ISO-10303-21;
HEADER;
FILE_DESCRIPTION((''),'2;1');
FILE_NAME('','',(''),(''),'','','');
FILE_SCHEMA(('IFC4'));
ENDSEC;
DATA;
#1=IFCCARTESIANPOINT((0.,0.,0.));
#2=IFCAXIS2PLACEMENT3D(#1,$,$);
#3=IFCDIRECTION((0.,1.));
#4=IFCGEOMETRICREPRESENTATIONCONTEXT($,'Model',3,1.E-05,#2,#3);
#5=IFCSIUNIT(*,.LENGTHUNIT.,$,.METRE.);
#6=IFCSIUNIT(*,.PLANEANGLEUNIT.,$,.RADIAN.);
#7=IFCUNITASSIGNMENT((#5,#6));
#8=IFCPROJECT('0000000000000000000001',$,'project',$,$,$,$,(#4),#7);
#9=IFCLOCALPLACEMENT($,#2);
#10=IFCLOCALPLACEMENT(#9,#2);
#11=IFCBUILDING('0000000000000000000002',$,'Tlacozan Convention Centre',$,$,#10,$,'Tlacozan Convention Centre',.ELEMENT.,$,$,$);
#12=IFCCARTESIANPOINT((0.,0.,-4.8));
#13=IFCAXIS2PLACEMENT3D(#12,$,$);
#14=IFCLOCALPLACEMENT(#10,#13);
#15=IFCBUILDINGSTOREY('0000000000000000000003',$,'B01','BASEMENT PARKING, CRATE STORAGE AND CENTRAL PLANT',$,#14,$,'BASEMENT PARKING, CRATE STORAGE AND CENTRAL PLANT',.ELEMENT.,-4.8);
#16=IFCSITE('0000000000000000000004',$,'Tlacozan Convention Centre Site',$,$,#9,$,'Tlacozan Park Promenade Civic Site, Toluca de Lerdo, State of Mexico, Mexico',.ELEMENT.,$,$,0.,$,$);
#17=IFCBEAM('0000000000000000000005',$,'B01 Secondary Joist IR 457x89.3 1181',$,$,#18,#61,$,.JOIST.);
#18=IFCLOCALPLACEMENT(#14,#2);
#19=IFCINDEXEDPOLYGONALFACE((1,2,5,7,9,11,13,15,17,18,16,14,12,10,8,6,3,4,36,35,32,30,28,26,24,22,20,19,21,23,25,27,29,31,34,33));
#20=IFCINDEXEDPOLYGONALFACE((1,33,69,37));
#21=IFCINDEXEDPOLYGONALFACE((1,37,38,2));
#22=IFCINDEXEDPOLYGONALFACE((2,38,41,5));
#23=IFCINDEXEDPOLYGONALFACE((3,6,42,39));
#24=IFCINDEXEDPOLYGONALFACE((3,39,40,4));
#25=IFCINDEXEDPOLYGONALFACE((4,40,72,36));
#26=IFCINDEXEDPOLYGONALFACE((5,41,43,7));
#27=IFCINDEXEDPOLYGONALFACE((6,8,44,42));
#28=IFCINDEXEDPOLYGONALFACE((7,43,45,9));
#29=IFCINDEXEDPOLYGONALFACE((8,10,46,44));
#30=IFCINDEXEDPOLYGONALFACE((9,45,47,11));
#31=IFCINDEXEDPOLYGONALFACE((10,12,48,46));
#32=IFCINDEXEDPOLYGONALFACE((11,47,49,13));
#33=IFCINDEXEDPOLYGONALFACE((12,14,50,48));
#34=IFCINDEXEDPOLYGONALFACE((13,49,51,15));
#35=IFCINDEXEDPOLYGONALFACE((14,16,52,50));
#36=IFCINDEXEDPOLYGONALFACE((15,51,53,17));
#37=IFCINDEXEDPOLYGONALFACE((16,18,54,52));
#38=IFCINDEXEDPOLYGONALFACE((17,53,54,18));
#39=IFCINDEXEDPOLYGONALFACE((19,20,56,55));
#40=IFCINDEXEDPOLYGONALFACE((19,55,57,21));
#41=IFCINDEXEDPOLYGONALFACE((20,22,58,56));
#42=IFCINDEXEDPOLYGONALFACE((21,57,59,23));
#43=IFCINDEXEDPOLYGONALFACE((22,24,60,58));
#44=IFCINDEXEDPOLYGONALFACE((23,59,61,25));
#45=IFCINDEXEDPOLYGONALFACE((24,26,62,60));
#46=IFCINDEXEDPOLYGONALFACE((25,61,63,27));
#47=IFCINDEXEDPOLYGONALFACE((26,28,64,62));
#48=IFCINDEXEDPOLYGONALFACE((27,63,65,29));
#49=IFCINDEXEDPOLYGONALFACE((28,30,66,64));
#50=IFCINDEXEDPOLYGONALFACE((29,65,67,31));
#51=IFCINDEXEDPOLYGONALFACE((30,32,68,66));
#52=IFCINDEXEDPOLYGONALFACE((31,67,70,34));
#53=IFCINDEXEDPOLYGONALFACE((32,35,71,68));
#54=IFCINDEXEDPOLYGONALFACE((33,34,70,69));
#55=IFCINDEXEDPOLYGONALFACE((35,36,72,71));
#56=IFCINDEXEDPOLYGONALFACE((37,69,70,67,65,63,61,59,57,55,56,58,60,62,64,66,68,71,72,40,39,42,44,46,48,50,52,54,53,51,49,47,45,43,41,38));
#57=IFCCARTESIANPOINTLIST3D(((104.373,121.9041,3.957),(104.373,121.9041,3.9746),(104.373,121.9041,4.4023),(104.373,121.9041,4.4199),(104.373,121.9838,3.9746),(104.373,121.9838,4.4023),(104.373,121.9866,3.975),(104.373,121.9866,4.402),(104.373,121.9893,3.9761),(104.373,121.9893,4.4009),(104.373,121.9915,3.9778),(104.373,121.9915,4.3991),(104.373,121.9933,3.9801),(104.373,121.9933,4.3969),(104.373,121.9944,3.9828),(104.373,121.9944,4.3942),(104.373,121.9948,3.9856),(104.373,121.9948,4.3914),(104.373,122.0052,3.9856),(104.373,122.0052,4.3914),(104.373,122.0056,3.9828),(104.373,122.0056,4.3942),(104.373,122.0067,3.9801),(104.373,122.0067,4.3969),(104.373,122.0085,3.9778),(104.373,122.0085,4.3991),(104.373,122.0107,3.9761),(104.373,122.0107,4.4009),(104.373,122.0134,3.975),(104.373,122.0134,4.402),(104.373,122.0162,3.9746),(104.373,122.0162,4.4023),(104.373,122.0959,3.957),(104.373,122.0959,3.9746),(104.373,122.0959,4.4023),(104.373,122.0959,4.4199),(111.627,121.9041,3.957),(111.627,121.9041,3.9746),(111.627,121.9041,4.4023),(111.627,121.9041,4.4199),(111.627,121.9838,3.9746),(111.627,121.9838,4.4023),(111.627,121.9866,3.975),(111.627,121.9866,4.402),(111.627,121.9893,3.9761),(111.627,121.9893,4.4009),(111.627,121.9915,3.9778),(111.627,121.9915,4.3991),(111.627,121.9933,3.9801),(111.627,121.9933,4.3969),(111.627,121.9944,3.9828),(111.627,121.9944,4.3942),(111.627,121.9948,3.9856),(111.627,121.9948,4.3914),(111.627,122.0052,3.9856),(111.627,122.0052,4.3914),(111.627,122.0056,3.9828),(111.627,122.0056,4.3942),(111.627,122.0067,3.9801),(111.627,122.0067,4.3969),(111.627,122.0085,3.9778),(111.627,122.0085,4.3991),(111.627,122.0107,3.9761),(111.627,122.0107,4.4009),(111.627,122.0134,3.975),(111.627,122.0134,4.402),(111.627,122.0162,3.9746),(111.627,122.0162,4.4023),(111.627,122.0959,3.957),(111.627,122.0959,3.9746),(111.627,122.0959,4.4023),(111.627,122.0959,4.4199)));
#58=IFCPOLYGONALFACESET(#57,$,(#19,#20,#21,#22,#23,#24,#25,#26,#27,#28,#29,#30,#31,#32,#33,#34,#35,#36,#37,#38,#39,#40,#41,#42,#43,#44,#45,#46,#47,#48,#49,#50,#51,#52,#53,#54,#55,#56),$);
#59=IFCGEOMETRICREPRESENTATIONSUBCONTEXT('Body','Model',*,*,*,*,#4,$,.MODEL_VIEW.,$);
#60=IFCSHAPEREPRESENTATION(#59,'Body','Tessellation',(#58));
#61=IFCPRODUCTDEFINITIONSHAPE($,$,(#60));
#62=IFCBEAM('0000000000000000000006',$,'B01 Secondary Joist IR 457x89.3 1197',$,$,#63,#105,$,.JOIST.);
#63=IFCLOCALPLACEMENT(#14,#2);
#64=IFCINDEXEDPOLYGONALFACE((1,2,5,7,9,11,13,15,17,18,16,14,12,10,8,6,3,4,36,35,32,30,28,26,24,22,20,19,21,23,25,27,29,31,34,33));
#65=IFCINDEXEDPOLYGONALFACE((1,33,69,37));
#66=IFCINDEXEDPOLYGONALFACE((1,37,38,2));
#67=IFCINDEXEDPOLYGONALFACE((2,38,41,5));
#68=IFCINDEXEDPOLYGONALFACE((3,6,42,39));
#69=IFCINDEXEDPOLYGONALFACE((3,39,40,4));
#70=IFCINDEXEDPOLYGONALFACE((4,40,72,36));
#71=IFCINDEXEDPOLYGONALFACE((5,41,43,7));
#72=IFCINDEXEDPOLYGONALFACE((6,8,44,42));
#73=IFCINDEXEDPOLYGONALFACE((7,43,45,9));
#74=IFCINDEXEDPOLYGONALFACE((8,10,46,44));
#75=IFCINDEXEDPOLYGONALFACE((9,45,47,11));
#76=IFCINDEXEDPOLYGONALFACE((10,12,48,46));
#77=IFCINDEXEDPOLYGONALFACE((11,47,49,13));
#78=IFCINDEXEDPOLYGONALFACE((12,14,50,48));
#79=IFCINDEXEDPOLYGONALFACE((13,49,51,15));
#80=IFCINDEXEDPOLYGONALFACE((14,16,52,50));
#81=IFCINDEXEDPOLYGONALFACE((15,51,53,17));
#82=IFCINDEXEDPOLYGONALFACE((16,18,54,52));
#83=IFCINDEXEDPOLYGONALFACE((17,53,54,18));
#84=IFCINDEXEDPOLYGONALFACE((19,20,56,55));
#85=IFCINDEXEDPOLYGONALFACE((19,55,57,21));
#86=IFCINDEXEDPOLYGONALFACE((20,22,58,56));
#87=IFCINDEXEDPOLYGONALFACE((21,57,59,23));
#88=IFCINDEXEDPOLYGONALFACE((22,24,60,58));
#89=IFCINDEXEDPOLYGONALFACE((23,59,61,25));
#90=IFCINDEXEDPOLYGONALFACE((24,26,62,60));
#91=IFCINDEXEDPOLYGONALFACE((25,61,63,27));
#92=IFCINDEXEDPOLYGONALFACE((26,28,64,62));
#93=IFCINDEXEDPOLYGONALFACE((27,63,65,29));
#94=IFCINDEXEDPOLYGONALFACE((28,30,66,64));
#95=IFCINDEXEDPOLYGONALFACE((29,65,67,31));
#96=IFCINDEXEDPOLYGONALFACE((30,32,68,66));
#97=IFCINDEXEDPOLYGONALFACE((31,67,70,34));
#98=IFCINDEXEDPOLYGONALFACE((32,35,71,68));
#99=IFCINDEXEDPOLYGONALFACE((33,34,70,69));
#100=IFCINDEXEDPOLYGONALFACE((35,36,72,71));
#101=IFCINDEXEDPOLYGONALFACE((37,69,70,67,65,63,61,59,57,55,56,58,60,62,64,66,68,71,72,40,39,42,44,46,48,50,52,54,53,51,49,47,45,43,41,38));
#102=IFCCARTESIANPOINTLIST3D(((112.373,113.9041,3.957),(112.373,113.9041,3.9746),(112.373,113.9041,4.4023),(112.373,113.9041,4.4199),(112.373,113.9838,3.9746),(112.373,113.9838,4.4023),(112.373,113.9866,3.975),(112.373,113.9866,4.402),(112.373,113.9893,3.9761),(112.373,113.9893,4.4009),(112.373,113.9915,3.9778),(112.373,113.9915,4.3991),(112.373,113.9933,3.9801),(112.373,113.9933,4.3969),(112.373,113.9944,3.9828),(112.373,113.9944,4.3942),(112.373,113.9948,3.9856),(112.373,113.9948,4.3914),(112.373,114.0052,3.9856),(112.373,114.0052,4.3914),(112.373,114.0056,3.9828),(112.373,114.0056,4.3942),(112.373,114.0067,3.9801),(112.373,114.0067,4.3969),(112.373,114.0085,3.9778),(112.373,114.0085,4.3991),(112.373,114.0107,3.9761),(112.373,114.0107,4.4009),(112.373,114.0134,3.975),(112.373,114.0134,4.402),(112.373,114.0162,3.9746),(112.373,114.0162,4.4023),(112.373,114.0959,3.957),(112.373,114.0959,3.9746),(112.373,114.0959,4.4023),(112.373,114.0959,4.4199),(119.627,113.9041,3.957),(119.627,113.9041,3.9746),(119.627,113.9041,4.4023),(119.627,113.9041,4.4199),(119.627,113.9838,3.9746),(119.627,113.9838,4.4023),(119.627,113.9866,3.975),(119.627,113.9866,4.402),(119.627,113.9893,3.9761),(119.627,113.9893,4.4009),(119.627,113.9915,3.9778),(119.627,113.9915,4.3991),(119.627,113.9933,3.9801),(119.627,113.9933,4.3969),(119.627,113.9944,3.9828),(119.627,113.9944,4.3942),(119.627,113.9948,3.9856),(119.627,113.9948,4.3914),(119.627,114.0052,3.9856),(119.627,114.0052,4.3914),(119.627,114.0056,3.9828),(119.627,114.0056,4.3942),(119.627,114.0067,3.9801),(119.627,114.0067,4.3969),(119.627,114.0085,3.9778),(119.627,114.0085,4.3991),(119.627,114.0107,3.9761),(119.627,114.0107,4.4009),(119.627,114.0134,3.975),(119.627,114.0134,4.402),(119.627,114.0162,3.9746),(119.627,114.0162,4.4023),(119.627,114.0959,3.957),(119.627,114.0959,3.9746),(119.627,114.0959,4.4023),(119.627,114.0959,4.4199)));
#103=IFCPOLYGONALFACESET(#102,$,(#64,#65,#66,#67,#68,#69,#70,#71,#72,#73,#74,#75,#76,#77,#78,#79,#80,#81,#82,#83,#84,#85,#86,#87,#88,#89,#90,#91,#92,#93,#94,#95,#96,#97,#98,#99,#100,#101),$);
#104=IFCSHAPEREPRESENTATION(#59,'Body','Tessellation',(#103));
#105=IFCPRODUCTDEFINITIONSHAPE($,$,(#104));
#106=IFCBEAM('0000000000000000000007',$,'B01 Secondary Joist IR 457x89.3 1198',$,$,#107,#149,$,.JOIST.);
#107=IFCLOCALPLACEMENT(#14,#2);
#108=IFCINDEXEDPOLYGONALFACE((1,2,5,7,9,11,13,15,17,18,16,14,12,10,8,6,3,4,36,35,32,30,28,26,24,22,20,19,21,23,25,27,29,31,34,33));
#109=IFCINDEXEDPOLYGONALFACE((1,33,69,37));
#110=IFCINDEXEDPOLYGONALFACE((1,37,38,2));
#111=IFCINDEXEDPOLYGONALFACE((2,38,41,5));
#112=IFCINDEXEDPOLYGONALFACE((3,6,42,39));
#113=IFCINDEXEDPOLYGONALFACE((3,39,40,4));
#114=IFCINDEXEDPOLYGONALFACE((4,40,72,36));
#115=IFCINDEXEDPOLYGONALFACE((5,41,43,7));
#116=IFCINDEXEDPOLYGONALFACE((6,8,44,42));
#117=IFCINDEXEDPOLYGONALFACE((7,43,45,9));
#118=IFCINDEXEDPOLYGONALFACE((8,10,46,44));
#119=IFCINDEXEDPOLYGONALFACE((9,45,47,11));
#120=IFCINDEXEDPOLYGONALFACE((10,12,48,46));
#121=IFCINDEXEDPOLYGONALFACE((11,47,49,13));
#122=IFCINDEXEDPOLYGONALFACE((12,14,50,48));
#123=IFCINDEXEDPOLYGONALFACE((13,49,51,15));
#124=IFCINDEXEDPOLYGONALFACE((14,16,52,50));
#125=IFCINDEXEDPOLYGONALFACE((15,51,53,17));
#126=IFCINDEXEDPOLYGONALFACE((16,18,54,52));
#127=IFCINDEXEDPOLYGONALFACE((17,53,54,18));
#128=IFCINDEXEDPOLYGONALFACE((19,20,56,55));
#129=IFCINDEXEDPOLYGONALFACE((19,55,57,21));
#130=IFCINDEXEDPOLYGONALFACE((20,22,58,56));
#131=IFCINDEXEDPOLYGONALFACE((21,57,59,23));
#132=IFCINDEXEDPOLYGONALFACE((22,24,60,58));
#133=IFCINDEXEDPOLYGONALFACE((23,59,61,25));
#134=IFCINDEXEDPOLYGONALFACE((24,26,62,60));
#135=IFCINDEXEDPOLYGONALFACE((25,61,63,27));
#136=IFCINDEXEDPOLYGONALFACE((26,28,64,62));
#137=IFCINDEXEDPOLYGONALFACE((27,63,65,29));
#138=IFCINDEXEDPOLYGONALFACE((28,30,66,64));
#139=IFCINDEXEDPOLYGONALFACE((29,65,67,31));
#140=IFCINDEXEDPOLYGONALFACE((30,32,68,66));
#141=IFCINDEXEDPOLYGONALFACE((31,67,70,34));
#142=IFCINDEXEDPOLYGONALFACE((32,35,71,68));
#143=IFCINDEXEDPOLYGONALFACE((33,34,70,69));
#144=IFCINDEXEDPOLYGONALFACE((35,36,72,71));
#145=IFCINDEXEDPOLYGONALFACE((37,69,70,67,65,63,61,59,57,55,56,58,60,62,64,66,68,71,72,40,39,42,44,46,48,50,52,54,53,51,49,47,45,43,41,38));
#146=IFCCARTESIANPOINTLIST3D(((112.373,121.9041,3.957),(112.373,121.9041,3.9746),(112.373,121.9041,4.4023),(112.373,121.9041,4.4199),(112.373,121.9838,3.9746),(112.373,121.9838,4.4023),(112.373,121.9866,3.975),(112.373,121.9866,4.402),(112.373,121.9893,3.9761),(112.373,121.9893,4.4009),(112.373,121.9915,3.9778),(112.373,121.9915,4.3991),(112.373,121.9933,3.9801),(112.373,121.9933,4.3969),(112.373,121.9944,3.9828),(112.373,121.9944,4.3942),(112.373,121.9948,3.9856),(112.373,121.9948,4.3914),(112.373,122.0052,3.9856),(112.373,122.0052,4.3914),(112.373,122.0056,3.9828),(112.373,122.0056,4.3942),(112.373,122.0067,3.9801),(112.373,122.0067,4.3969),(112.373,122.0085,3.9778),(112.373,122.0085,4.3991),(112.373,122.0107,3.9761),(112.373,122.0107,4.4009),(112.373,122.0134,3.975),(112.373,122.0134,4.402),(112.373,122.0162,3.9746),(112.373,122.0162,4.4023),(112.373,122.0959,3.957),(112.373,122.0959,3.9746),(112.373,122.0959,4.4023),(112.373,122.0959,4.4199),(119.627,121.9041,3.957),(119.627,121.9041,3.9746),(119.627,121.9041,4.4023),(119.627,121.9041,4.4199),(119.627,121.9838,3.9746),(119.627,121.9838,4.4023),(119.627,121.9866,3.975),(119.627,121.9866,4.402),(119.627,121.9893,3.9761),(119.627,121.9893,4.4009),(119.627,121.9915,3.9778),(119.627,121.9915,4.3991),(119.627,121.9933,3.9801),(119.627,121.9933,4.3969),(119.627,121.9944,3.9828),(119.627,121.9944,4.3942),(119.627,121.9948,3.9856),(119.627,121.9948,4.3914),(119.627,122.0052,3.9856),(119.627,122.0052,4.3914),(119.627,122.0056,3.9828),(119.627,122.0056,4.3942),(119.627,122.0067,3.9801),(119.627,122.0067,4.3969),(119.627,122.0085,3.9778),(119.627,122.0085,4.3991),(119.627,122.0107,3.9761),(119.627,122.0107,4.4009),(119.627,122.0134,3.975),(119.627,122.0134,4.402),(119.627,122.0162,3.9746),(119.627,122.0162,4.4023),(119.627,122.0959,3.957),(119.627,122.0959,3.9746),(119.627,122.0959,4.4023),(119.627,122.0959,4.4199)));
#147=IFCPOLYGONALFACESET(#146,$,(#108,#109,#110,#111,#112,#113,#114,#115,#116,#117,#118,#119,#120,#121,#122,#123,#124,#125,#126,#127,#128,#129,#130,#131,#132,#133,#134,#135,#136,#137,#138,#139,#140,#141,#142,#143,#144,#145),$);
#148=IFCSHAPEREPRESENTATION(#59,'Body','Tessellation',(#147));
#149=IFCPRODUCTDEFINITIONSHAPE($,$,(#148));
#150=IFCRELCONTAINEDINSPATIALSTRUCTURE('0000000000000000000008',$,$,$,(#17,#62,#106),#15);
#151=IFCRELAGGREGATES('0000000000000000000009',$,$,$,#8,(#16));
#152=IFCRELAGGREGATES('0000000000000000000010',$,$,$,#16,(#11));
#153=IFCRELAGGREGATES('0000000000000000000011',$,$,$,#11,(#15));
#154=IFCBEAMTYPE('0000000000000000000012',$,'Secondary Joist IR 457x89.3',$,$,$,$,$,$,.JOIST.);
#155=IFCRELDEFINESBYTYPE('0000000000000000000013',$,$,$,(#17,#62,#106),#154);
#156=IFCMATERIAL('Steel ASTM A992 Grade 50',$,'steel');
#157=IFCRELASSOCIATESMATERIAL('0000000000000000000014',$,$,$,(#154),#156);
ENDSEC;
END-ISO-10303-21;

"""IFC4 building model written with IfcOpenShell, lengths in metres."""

from ifc_helpers import new_model, si_unit, direction, frame, origin, origin_2d, place, context, subcontext, project, spatial, i_section, extrude, material, material_profile, profile_set, type_object, element, save


model = new_model("IFC4")

# Units and contexts
model_context = context("Model", 3, precision=1e-05, world=origin(), true_north=direction((0.0, 1.0)))
body_context = subcontext(model_context, "Body", "Model", "MODEL_VIEW")
ifc_project = project(units=[si_unit("LENGTHUNIT", "METRE"), si_unit("PLANEANGLEUNIT", "RADIAN")], contexts=[model_context])

# Site, building, storey
site_placement = place(None, origin())
site = spatial("IfcSite", under=ifc_project, at=site_placement, Name="Tlacozan Convention Centre Site", LongName="Tlacozan Park Promenade Civic Site, Toluca de Lerdo, State of Mexico, Mexico", CompositionType="ELEMENT", RefElevation=0.0)
building_placement = place(site_placement, origin())
building = spatial("IfcBuilding", under=site, at=building_placement, Name="Tlacozan Convention Centre", LongName="Tlacozan Convention Centre", CompositionType="ELEMENT")
storey_placement = place(building_placement, frame((0.0, 0.0, -4.8)))
storey = spatial("IfcBuildingStorey", under=building, at=storey_placement, Name="B01", Description="BASEMENT PARKING, CRATE STORAGE AND CENTRAL PLANT", LongName="BASEMENT PARKING, CRATE STORAGE AND CENTRAL PLANT", CompositionType="ELEMENT", Elevation=-4.8)

# Beams
ifc_material_1 = material(Name="Steel ASTM A992 Grade 50", Category="steel")
ifc_material_profile_1 = material_profile(ifc_material_1, i_section(OverallWidth=0.1919, OverallDepth=0.4629, WebThickness=0.0105, FlangeThickness=0.0176, FilletRadius=0.011, at=origin_2d()), Name="IR 457x89.3")
ifc_profile_set_1 = profile_set([ifc_material_profile_1], Name="Steel ASTM A992 Grade 50")
beam_type_1 = type_object("IfcBeamType", Name="Secondary Joist IR 457x89.3", PredefinedType="JOIST", material=ifc_profile_set_1)
for number, where, z_axis, x_axis, name in (
    (1, (104.373, 122.0, 4.1885), (1.0, 0.0, 0.0), (0.0, 1.0, 0.0), "B01 Secondary Joist IR 457x89.3 1181"),
    (2, (112.373, 114.0, 4.1885), (1.0, 0.0, 0.0), (0.0, 1.0, 0.0), "B01 Secondary Joist IR 457x89.3 1197"),
    (3, (112.373, 122.0, 4.1885), (1.0, 0.0, 0.0), (0.0, 1.0, 0.0), "B01 Secondary Joist IR 457x89.3 1198"),
):
    element("IfcBeam", number, at=place(storey_placement, frame(where, z_axis=z_axis, x_axis=x_axis)), inside=storey, type_object=beam_type_1, Name=name, PredefinedType="JOIST", context=body_context, shape_type="SweptSolid", body=[
        extrude(i_section(OverallWidth=0.1919, OverallDepth=0.4629, WebThickness=0.0105, FlangeThickness=0.0176, FilletRadius=0.011, at=origin_2d()), origin(), (0.0, 0.0, 1.0), 7.2539),
    ])

save(model, "model.ifc")
